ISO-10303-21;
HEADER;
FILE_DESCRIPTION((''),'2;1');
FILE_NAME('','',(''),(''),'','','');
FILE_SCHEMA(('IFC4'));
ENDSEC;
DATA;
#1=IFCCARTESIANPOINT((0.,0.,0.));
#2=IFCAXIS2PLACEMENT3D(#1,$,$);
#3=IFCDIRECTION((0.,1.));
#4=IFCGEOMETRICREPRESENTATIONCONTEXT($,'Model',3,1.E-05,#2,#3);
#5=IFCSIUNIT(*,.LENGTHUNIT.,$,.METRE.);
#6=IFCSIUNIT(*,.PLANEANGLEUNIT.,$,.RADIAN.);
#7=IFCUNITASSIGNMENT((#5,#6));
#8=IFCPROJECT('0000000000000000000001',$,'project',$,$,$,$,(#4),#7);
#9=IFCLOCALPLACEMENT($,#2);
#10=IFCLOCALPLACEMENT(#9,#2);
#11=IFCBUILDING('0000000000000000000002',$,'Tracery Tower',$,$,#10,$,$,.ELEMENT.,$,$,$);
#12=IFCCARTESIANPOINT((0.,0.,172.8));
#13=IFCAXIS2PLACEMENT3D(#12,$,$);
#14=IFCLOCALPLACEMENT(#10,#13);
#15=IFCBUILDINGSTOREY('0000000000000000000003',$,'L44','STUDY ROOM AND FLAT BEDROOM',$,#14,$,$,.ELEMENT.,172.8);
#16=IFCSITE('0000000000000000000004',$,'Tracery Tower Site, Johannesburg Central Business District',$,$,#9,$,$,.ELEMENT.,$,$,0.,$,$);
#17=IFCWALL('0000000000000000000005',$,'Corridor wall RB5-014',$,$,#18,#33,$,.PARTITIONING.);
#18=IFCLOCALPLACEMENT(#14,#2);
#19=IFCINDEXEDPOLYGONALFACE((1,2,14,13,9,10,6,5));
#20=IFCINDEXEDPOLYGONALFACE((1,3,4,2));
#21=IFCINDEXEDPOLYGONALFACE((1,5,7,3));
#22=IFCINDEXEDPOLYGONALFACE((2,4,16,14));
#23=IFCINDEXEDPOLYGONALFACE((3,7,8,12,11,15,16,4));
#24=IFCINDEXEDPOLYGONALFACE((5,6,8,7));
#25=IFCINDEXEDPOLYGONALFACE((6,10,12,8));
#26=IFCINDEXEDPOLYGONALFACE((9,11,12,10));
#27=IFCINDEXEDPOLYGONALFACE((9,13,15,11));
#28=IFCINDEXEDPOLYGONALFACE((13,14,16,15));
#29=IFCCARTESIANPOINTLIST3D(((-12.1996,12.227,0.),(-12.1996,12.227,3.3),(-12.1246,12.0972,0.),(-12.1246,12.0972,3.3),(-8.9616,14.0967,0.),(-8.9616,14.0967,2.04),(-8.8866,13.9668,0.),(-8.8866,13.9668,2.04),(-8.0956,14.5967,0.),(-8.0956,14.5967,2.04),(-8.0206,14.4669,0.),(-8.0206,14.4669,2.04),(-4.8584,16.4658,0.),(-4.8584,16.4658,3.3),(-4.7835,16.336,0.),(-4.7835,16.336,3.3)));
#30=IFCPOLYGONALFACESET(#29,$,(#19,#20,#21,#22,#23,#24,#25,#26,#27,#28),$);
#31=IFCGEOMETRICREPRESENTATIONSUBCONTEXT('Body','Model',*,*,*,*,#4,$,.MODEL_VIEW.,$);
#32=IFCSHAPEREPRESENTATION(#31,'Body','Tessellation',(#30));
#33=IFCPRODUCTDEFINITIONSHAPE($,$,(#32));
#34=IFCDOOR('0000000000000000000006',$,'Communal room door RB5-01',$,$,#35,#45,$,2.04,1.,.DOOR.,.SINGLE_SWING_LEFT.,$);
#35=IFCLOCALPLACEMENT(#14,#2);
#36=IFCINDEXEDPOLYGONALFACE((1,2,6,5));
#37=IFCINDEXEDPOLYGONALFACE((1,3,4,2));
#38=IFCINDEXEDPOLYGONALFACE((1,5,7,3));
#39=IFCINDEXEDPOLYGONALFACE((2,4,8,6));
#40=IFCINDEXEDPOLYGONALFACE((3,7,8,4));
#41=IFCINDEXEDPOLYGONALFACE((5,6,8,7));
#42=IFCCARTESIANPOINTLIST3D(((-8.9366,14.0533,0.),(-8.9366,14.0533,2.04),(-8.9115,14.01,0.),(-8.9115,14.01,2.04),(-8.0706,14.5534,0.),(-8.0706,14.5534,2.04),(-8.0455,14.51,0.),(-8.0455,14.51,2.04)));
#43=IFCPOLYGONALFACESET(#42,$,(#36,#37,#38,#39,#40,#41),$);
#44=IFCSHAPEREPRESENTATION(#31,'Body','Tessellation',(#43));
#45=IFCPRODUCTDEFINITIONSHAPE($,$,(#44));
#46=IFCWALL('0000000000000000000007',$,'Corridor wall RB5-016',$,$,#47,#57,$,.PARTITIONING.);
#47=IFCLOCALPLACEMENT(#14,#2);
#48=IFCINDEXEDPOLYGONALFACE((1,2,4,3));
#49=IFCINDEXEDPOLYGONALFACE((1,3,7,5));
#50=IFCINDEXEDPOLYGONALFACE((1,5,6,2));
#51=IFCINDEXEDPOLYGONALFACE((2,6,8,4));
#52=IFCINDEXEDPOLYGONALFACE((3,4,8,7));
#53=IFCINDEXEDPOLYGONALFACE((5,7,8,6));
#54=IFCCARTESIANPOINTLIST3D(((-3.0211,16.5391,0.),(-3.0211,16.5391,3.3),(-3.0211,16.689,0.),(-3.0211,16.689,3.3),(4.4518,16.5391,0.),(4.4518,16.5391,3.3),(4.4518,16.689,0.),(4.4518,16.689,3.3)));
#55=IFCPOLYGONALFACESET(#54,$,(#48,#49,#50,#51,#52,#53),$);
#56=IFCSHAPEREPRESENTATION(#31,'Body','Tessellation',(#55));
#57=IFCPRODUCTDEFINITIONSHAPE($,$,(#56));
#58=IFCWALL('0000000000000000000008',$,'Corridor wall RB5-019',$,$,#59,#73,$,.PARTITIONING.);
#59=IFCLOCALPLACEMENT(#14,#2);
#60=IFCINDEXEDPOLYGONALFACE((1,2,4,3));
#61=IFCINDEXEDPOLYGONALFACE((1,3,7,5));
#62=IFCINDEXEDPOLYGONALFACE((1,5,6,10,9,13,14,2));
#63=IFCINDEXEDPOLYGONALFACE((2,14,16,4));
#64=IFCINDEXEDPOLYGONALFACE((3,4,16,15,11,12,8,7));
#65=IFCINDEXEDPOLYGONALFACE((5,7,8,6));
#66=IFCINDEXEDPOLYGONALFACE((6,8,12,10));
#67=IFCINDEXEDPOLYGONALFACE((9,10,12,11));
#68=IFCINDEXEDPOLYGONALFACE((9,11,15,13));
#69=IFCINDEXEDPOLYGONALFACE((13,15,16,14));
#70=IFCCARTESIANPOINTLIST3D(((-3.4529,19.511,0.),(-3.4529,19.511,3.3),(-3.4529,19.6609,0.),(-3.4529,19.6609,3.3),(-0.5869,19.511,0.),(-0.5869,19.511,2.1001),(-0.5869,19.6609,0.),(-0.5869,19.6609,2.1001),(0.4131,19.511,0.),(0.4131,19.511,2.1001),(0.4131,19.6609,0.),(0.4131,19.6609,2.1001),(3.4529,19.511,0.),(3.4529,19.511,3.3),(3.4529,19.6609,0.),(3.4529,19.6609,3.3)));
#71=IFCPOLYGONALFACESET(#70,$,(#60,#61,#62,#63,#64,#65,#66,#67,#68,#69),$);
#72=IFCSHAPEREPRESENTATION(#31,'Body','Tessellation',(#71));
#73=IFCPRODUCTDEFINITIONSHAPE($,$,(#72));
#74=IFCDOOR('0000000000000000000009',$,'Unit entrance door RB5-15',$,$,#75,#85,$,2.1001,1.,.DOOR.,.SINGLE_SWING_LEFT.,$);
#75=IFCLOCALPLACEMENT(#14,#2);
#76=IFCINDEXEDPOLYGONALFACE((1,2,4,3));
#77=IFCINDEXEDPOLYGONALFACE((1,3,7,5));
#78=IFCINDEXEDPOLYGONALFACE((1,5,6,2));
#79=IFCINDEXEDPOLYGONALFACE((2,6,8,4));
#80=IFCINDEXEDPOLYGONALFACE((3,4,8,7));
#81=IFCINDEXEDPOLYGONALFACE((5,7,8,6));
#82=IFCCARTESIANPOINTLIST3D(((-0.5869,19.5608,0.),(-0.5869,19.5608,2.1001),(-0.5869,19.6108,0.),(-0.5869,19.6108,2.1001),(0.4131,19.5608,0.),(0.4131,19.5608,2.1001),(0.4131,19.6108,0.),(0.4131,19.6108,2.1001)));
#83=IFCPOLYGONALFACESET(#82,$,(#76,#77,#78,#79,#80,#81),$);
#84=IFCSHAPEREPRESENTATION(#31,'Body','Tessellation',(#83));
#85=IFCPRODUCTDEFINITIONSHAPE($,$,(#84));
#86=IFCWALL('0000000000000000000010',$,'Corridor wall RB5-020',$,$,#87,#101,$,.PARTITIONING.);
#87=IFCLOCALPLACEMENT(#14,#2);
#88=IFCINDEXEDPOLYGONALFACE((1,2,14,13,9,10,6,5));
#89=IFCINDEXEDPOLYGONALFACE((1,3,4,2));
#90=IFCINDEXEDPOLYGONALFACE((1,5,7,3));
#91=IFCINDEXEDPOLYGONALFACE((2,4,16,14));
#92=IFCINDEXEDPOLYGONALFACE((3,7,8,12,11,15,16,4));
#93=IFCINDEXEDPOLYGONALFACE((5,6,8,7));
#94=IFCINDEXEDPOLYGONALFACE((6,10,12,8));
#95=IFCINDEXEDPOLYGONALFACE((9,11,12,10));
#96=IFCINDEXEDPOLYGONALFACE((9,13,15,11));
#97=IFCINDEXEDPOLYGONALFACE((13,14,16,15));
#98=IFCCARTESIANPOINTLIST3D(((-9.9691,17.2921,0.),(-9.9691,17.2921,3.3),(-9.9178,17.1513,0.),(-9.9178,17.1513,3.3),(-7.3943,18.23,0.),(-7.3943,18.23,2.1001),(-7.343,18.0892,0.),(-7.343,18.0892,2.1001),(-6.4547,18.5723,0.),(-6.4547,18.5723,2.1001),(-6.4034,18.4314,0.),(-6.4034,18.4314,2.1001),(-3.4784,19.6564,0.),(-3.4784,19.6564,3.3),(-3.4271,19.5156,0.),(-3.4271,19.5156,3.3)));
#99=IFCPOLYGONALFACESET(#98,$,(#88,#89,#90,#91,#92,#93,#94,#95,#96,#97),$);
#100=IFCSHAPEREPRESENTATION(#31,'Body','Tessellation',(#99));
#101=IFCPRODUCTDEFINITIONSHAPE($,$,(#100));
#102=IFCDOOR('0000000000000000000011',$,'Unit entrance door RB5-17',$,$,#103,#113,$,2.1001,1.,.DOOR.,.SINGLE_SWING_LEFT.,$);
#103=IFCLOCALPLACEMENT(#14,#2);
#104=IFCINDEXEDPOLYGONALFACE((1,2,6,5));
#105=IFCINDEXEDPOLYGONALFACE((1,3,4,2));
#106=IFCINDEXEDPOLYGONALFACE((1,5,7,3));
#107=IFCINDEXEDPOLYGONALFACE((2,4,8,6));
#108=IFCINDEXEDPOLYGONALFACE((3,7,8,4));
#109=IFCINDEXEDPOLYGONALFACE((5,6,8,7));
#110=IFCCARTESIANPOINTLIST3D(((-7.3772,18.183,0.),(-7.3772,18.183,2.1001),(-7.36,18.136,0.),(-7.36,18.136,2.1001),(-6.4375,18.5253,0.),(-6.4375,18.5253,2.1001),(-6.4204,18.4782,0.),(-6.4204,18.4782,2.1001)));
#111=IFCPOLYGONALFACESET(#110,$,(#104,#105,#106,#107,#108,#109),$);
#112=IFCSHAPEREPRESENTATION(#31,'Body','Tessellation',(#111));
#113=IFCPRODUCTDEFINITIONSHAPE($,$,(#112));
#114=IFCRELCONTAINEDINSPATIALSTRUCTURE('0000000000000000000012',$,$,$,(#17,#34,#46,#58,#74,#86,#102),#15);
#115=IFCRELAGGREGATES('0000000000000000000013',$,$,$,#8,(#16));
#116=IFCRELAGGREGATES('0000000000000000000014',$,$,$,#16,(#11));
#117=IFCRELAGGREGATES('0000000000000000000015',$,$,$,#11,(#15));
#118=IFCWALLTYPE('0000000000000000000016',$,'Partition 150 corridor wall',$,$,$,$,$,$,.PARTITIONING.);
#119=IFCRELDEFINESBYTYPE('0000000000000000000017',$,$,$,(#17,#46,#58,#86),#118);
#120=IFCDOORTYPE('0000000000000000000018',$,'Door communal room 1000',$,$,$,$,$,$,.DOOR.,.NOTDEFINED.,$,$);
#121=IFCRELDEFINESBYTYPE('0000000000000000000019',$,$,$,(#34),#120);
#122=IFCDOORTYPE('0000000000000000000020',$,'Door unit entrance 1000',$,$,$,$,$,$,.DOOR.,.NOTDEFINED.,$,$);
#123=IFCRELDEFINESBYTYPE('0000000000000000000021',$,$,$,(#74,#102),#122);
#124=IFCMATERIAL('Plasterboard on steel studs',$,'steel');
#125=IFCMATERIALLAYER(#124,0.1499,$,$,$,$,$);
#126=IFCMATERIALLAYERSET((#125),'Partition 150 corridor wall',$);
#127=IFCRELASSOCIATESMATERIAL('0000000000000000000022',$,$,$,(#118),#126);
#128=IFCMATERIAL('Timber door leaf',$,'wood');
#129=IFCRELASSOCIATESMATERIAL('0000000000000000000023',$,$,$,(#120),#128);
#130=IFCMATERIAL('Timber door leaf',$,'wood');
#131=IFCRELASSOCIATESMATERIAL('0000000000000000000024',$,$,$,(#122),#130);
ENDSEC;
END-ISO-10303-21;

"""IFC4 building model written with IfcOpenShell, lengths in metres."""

from ifc_helpers import new_model, si_unit, direction, frame, frame_2d, origin, place, context, subcontext, project, spatial, rectangle, extrude, material, layer, layer_set, type_object, element, fill, save


model = new_model("IFC4")

# Units and contexts
model_context = context("Model", 3, precision=1e-05, world=origin(), true_north=direction((0.0, 1.0)))
body_context = subcontext(model_context, "Body", "Model", "MODEL_VIEW")
ifc_project = project(units=[si_unit("LENGTHUNIT", "METRE"), si_unit("PLANEANGLEUNIT", "RADIAN")], contexts=[model_context])

# Site, building, storey
site_placement = place(None, origin())
site = spatial("IfcSite", under=ifc_project, at=site_placement, Name="Tracery Tower Site, Johannesburg Central Business District", CompositionType="ELEMENT", RefElevation=0.0)
building_placement = place(site_placement, origin())
building = spatial("IfcBuilding", under=site, at=building_placement, Name="Tracery Tower", CompositionType="ELEMENT")
storey_placement = place(building_placement, frame((0.0, 0.0, 172.8)))
storey = spatial("IfcBuildingStorey", under=building, at=storey_placement, Name="L44", Description="STUDY ROOM AND FLAT BEDROOM", CompositionType="ELEMENT", Elevation=172.8)

# Wall, opening, door
ifc_material_1 = material(Name="Plasterboard on steel studs", Category="steel")
ifc_layer_1 = layer(ifc_material_1, 0.1499)
ifc_layer_set_1 = layer_set([ifc_layer_1], Name="Partition 150 corridor wall")
wall_type_1 = type_object("IfcWallType", Name="Partition 150 corridor wall", PredefinedType="PARTITIONING", material=ifc_layer_set_1)
wall_1_placement = place(storey_placement, frame((-12.1621, 12.1621, 0.0), z_axis=(0.0, 0.0, 1.0), x_axis=(0.866005, 0.500036, 0.0)))
wall_1 = element("IfcWall", 1, at=wall_1_placement, inside=storey, type_object=wall_type_1, Name="Corridor wall RB5-014", PredefinedType="PARTITIONING", context=body_context, shape_type="SweptSolid", body=[
    extrude(rectangle(XDim=8.4771, YDim=0.1499, at=frame_2d((4.2385, 0.0))), origin(), (0.0, 0.0, 1.0), 3.3),
])
opening_1_placement = place(wall_1_placement, frame((3.739, 0.0, 0.0)))
opening_1 = element("IfcOpeningElement", 2, at=opening_1_placement, cuts=wall_1, PredefinedType="OPENING", context=body_context, shape_type="SweptSolid", body=[
    extrude(rectangle(XDim=1.0, YDim=2.04, at=frame_2d((0.5, 1.02))), frame((0.0, 0.075, 0.0), z_axis=(0.0, -1.0, 0.0), x_axis=(1.0, 0.0, 0.0)), (0.0, 0.0, 1.0), 0.1499),
])
ifc_material_2 = material(Name="Timber door leaf", Category="wood")
door_type_1 = type_object("IfcDoorType", Name="Door communal room 1000", OperationType="NOTDEFINED", PredefinedType="DOOR", material=ifc_material_2)
door_1_placement = place(opening_1_placement, origin())
door_1 = element("IfcDoor", 3, at=door_1_placement, inside=storey, type_object=door_type_1, Name="Communal room door RB5-01", OperationType="SINGLE_SWING_LEFT", OverallHeight=2.04, OverallWidth=1.0, PredefinedType="DOOR", context=body_context, shape_type="SweptSolid", body=[
    extrude(rectangle(XDim=1.0, YDim=2.04, at=frame_2d((0.5, 1.02))), frame((0.0, 0.0249, 0.0), z_axis=(0.0, -1.0, 0.0), x_axis=(1.0, 0.0, 0.0)), (0.0, 0.0, 1.0), 0.05),
])
fill(opening_1, door_1)

# Wall
wall_2_placement = place(storey_placement, frame((-3.021, 16.614, 0.0), z_axis=(0.0, 0.0, 1.0), x_axis=(1.0, 0.0, 0.0)))
element("IfcWall", 4, at=wall_2_placement, inside=storey, type_object=wall_type_1, Name="Corridor wall RB5-016", PredefinedType="PARTITIONING", context=body_context, shape_type="SweptSolid", body=[
    extrude(rectangle(XDim=7.4729, YDim=0.1499, at=frame_2d((3.7363, 0.0))), origin(), (0.0, 0.0, 1.0), 3.3),
])

# Walls, openings, doors
wall_3_placement = place(storey_placement, frame((-3.4529, 19.5859, 0.0), z_axis=(0.0, 0.0, 1.0), x_axis=(1.0, 0.0, 0.0)))
wall_3 = element("IfcWall", 5, at=wall_3_placement, inside=storey, type_object=wall_type_1, Name="Corridor wall RB5-019", PredefinedType="PARTITIONING", context=body_context, shape_type="SweptSolid", body=[
    extrude(rectangle(XDim=6.9058, YDim=0.1499, at=frame_2d((3.4529, 0.0))), origin(), (0.0, 0.0, 1.0), 3.3),
])
opening_2_placement = place(wall_3_placement, frame((2.866, 0.0, 0.0)))
opening_2 = element("IfcOpeningElement", 6, at=opening_2_placement, cuts=wall_3, PredefinedType="OPENING", context=body_context, shape_type="SweptSolid", body=[
    extrude(rectangle(XDim=1.0, YDim=2.1001, at=frame_2d((0.5, 1.05))), frame((0.0, 0.075, 0.0), z_axis=(0.0, -1.0, 0.0), x_axis=(1.0, 0.0, 0.0)), (0.0, 0.0, 1.0), 0.1499),
])
ifc_material_3 = material(Name="Timber door leaf", Category="wood")
door_type_2 = type_object("IfcDoorType", Name="Door unit entrance 1000", OperationType="NOTDEFINED", PredefinedType="DOOR", material=ifc_material_3)
door_2_placement = place(opening_2_placement, origin())
door_2 = element("IfcDoor", 7, at=door_2_placement, inside=storey, type_object=door_type_2, Name="Unit entrance door RB5-15", OperationType="SINGLE_SWING_LEFT", OverallHeight=2.1001, OverallWidth=1.0, PredefinedType="DOOR", context=body_context, shape_type="SweptSolid", body=[
    extrude(rectangle(XDim=1.0, YDim=2.1001, at=frame_2d((0.5, 1.05))), frame((0.0, 0.0249, 0.0), z_axis=(0.0, -1.0, 0.0), x_axis=(1.0, 0.0, 0.0)), (0.0, 0.0, 1.0), 0.05),
])
fill(opening_2, door_2)
wall_4_placement = place(storey_placement, frame((-9.9436, 17.2217, 0.0), z_axis=(0.0, 0.0, 1.0), x_axis=(0.939608, 0.342254, 0.0)))
wall_4 = element("IfcWall", 8, at=wall_4_placement, inside=storey, type_object=wall_type_1, Name="Corridor wall RB5-020", PredefinedType="PARTITIONING", context=body_context, shape_type="SweptSolid", body=[
    extrude(rectangle(XDim=6.908, YDim=0.1499, at=frame_2d((3.4541, 0.0))), origin(), (0.0, 0.0, 1.0), 3.3),
])
opening_3_placement = place(wall_4_placement, frame((2.7405, 0.0, 0.0)))
opening_3 = element("IfcOpeningElement", 9, at=opening_3_placement, cuts=wall_4, PredefinedType="OPENING", context=body_context, shape_type="SweptSolid", body=[
    extrude(rectangle(XDim=1.0, YDim=2.1001, at=frame_2d((0.5, 1.05))), frame((0.0, 0.075, 0.0), z_axis=(0.0, -1.0, 0.0), x_axis=(1.0, 0.0, 0.0)), (0.0, 0.0, 1.0), 0.1499),
])
door_3_placement = place(opening_3_placement, origin())
door_3 = element("IfcDoor", 10, at=door_3_placement, inside=storey, type_object=door_type_2, Name="Unit entrance door RB5-17", OperationType="SINGLE_SWING_LEFT", OverallHeight=2.1001, OverallWidth=1.0, PredefinedType="DOOR", context=body_context, shape_type="SweptSolid", body=[
    extrude(rectangle(XDim=1.0, YDim=2.1001, at=frame_2d((0.5, 1.05))), frame((0.0, 0.0249, 0.0), z_axis=(0.0, -1.0, 0.0), x_axis=(1.0, 0.0, 0.0)), (0.0, 0.0, 1.0), 0.05),
])
fill(opening_3, door_3)

save(model, "model.ifc")
